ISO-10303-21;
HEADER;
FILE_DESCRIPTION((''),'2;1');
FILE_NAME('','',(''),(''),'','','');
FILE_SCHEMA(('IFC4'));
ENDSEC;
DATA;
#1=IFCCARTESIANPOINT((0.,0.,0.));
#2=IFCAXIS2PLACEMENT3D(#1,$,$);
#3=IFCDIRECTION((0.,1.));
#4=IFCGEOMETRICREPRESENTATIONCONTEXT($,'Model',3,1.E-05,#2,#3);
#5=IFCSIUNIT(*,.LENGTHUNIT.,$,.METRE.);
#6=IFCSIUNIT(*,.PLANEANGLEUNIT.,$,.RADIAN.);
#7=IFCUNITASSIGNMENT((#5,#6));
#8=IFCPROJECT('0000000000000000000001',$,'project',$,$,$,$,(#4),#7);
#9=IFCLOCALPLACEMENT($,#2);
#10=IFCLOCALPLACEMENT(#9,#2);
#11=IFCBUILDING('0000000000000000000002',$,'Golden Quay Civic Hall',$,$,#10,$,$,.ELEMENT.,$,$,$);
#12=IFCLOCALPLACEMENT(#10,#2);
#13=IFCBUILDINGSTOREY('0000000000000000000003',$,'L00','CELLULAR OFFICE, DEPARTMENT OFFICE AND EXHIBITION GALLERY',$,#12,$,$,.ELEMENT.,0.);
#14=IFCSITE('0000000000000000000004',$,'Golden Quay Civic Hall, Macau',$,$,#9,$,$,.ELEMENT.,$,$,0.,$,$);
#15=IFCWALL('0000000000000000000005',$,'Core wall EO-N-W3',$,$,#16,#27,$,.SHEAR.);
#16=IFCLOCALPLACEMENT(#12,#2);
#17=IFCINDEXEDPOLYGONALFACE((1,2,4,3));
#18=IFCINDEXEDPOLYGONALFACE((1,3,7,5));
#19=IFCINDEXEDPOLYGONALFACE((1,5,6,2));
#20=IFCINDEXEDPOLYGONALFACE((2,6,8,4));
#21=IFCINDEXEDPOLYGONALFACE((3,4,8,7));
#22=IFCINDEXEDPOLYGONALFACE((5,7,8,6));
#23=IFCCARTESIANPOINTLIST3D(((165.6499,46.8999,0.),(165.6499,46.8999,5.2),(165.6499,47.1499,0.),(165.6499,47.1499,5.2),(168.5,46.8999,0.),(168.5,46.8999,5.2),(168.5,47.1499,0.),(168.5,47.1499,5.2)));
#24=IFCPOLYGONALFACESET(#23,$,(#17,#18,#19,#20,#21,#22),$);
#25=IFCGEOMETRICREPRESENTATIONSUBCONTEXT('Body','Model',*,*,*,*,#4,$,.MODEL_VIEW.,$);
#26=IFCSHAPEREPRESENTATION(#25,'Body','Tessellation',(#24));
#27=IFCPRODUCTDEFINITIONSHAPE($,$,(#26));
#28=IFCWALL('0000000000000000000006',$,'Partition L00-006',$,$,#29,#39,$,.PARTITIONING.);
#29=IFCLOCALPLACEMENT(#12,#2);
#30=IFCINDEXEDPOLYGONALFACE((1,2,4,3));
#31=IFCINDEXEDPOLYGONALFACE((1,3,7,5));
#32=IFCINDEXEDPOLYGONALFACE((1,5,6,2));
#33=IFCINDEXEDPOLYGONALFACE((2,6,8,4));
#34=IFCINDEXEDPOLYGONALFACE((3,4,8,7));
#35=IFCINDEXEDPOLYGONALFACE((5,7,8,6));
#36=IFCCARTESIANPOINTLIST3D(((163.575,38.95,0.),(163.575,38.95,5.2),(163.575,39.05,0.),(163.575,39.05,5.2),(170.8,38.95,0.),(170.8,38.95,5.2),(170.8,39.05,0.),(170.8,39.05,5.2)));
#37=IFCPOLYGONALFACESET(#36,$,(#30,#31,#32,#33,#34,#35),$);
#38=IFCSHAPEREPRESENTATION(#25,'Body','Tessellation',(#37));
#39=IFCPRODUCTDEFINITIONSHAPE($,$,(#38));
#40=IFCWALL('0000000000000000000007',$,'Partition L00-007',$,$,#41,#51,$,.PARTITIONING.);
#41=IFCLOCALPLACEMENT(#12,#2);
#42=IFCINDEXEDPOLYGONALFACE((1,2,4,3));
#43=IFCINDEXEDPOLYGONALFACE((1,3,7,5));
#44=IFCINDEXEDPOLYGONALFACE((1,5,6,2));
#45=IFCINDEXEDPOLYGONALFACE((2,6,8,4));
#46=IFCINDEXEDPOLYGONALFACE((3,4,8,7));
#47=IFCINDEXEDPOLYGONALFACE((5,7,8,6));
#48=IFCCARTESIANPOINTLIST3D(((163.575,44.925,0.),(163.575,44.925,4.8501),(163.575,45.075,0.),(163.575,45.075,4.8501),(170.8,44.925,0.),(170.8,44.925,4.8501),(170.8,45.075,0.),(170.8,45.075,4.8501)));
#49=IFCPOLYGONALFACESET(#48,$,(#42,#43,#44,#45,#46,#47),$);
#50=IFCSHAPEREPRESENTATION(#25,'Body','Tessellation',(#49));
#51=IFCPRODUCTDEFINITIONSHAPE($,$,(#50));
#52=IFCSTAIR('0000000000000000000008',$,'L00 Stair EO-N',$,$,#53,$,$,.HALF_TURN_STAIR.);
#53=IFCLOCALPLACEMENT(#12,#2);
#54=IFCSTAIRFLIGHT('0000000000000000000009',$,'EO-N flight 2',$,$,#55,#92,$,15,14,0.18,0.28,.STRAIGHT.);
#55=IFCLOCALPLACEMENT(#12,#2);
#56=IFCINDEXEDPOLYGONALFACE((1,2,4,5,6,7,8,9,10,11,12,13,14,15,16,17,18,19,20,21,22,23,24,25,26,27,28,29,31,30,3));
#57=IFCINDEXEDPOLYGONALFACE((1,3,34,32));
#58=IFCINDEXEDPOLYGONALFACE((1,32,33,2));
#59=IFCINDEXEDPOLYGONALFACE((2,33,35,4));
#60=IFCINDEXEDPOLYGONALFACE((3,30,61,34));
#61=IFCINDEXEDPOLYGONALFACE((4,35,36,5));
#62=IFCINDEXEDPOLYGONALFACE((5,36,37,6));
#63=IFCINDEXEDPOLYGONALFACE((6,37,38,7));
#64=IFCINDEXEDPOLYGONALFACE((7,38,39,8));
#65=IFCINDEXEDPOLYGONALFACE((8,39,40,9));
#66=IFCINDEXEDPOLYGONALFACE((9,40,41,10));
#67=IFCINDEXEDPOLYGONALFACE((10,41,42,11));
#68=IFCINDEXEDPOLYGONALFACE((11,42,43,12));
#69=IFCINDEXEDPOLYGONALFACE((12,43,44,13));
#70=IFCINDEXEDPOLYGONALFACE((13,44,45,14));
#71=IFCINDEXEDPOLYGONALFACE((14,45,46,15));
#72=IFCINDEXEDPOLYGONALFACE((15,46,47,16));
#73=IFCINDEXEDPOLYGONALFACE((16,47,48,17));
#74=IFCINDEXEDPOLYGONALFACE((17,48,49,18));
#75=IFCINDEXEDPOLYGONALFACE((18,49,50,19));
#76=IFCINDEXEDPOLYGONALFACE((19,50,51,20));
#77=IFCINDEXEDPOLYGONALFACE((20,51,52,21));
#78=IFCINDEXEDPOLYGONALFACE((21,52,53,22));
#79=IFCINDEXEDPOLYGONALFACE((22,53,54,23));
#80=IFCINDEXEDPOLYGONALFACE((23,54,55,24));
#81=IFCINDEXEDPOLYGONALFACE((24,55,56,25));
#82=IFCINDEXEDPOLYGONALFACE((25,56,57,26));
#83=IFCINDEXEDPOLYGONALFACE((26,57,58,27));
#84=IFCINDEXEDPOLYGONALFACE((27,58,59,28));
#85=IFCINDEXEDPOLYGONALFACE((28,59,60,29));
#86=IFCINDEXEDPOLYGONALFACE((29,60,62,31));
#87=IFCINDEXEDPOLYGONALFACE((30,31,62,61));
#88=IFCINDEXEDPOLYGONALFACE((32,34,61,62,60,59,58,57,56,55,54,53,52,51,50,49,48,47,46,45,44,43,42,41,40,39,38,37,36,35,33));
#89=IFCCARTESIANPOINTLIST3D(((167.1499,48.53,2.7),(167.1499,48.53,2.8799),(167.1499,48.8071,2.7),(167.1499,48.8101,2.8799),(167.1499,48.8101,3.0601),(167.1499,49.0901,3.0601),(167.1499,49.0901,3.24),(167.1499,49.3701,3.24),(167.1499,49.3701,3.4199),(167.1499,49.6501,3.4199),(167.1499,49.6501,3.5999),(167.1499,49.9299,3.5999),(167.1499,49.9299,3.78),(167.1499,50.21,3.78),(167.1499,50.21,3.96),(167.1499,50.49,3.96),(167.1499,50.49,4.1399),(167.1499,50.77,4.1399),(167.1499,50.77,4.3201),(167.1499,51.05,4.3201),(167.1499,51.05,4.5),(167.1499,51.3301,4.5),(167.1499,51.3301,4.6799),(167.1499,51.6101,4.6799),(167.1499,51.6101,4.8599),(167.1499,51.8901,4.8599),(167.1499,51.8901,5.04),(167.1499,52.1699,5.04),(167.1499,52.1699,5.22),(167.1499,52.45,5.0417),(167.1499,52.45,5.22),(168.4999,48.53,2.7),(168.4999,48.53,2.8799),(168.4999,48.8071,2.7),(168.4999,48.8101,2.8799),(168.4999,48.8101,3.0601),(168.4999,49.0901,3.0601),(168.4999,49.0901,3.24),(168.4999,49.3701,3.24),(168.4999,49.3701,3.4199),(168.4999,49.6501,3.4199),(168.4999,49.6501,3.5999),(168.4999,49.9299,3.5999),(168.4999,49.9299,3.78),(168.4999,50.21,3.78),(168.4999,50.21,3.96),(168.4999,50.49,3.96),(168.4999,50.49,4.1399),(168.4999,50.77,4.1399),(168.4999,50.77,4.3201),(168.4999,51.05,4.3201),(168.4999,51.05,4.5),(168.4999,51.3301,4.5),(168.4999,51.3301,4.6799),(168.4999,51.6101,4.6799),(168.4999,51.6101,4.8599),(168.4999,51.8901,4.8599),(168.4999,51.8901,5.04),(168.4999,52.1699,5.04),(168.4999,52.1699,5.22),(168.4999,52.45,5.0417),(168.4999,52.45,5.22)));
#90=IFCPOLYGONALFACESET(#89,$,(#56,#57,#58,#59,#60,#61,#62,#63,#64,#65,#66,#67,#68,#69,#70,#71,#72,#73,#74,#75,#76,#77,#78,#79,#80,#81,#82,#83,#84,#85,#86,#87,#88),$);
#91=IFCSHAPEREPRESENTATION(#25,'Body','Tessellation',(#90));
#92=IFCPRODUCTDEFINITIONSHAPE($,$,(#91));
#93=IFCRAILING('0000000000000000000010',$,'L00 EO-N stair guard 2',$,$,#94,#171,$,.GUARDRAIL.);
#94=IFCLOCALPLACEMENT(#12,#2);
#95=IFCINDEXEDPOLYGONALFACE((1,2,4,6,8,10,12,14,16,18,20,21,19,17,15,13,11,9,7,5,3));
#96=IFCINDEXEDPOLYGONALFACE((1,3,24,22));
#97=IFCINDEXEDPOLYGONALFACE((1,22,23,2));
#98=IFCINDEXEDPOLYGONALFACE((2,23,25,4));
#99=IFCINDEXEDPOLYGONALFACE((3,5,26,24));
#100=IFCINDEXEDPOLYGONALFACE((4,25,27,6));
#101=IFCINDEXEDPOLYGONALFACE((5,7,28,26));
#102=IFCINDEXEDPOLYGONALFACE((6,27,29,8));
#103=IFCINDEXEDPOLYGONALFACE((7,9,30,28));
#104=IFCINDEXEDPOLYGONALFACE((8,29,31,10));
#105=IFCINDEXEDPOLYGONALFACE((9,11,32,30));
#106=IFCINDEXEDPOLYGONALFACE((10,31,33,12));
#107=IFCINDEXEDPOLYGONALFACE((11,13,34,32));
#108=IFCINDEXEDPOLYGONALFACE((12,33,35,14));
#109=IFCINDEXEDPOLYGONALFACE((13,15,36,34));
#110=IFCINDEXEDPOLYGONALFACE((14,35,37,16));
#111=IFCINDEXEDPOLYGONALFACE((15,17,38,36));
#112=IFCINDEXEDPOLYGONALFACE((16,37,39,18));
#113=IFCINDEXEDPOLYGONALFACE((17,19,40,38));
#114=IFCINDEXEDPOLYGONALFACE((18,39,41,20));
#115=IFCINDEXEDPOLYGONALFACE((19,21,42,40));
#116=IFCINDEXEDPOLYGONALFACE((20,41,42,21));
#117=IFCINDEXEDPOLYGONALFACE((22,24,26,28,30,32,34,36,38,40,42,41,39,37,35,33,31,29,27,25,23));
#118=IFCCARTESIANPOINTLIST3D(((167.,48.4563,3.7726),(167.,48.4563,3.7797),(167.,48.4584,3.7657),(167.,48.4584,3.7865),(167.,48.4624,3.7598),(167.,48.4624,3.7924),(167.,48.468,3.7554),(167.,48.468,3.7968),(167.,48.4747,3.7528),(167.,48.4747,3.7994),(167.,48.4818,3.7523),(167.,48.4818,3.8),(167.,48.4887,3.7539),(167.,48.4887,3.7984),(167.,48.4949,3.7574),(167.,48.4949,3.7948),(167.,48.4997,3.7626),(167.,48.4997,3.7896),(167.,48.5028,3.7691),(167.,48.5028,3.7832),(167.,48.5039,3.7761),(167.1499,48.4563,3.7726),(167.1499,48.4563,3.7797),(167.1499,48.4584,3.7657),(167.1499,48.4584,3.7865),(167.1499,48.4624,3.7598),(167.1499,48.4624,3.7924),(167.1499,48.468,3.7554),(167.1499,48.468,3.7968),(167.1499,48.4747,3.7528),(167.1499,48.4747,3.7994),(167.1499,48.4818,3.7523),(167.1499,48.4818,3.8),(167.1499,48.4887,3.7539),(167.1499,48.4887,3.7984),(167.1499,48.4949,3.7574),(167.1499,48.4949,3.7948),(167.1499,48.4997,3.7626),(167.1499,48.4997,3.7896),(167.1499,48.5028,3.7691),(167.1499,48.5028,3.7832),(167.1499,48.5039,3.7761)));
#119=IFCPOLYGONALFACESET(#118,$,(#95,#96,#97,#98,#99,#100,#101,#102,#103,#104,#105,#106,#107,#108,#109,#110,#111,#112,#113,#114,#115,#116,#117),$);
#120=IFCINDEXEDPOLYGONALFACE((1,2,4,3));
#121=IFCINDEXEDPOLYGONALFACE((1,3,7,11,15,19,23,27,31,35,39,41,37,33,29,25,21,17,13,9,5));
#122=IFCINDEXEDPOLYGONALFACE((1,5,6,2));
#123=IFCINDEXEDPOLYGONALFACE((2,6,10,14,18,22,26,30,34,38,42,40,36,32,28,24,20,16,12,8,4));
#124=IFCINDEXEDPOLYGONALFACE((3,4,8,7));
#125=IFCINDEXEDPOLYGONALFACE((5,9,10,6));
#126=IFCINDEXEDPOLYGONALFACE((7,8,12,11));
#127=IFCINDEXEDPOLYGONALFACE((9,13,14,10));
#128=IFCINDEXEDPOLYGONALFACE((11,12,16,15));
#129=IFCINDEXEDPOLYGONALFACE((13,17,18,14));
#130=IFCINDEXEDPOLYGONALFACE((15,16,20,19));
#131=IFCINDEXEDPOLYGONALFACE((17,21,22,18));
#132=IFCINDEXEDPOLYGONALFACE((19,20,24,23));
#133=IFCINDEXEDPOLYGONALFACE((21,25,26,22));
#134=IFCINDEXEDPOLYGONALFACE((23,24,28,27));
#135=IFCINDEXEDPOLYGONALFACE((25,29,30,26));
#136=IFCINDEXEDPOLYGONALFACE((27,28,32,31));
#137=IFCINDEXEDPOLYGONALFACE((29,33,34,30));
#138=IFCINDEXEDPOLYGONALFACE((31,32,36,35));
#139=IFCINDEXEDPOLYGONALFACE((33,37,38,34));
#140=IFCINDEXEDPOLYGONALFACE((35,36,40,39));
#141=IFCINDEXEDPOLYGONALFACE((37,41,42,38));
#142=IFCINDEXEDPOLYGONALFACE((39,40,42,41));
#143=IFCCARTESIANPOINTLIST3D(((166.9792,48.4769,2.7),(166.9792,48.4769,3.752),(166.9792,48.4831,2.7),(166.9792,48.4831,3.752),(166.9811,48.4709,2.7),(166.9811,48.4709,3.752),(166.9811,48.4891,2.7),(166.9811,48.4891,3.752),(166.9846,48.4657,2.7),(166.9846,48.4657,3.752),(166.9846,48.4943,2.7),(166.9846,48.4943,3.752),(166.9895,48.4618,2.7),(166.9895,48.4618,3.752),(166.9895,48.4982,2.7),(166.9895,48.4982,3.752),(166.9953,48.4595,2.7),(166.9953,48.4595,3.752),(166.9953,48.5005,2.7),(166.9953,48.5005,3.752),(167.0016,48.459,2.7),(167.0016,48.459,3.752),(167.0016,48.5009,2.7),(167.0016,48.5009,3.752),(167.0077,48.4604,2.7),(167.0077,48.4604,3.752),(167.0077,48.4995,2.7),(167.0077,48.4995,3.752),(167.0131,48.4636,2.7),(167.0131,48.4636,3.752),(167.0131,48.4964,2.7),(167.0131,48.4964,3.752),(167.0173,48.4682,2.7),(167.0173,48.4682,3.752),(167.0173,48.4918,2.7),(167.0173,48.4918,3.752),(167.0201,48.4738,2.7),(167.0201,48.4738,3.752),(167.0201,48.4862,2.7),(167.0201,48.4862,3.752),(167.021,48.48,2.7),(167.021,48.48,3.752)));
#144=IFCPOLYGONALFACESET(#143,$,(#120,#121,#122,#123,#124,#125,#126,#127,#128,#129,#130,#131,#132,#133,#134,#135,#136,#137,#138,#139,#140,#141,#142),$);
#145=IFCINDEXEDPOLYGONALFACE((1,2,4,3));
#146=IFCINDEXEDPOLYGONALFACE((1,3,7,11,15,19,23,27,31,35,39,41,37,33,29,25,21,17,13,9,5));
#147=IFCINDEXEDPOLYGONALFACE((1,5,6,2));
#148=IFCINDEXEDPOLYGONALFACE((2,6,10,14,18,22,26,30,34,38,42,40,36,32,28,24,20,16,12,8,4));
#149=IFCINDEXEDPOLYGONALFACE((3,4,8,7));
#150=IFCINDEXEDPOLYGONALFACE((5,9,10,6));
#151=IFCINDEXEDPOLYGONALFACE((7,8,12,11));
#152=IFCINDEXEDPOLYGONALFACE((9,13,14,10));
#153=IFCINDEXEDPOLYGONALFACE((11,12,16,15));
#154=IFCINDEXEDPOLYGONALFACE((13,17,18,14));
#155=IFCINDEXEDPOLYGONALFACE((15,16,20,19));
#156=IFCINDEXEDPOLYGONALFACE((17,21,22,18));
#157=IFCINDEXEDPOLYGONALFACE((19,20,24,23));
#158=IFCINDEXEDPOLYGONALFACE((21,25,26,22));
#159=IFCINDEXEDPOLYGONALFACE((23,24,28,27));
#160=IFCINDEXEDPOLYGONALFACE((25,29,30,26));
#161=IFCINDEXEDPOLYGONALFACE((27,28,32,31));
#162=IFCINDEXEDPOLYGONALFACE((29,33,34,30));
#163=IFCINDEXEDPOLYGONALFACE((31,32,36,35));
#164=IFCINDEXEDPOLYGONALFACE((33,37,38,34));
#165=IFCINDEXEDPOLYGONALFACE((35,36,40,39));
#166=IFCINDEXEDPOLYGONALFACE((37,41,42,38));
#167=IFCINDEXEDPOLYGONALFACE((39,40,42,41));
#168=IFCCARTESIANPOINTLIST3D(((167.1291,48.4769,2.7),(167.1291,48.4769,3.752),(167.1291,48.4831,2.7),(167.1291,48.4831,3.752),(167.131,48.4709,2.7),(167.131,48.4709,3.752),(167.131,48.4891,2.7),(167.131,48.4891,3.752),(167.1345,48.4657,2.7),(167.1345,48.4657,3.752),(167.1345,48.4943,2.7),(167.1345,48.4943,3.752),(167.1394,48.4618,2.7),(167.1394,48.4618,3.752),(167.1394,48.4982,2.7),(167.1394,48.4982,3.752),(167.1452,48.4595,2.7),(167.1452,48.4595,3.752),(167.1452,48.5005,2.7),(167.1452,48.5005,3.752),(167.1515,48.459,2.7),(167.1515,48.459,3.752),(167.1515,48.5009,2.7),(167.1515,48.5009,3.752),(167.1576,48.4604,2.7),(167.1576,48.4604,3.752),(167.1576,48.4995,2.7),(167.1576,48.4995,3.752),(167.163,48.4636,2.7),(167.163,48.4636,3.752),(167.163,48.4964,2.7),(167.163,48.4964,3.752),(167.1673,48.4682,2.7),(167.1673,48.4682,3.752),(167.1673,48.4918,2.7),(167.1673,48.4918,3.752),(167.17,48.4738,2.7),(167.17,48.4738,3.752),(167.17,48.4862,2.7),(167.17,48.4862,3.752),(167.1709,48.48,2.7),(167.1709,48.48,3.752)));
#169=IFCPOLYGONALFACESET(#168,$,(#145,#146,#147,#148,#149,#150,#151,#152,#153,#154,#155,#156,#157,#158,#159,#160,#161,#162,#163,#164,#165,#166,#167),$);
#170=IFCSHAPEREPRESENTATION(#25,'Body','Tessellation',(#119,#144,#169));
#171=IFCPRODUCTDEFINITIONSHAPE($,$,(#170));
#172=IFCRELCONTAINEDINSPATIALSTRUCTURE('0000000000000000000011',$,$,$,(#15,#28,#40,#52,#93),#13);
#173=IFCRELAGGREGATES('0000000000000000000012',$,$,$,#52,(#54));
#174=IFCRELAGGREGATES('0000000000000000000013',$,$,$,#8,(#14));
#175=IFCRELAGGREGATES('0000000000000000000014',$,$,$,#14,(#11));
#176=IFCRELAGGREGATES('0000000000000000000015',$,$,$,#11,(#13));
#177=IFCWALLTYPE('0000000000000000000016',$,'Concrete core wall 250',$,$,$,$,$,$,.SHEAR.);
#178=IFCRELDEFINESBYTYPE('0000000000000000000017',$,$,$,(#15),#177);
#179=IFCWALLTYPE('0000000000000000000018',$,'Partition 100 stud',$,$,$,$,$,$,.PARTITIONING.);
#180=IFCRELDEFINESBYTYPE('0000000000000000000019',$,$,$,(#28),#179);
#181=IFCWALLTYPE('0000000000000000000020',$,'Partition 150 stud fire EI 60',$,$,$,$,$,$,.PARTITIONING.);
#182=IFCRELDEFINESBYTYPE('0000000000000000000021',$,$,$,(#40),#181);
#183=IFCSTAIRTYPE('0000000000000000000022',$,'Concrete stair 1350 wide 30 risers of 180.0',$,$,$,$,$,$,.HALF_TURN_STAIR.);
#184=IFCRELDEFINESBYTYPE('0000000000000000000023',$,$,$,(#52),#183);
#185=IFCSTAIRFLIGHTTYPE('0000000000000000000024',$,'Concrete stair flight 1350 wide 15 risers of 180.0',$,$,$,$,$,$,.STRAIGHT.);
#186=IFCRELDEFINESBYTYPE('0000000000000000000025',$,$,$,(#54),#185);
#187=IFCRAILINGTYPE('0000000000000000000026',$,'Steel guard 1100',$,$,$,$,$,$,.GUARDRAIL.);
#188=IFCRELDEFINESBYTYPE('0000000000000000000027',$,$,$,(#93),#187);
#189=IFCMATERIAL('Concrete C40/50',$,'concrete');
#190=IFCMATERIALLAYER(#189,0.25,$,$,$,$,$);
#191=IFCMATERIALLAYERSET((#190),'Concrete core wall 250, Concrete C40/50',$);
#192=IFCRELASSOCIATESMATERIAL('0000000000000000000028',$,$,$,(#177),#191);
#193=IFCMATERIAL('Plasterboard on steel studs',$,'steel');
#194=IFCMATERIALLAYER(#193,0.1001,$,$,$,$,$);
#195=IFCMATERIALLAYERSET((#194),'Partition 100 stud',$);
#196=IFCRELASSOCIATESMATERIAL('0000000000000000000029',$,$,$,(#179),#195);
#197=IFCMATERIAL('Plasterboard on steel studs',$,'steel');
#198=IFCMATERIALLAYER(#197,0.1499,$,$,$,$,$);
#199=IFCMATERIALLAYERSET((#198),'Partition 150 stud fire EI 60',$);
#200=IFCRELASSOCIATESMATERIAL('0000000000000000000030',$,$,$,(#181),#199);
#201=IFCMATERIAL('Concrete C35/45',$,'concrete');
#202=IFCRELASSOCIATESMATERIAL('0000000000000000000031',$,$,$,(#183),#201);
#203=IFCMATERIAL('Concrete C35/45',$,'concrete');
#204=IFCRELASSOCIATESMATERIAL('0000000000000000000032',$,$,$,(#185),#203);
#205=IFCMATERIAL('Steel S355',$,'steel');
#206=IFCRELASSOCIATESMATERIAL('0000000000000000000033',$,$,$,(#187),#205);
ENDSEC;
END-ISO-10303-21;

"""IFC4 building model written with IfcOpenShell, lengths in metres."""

from ifc_helpers import new_model, si_unit, direction, frame, frame_2d, origin, origin_2d, place, context, subcontext, project, spatial, polyline, rectangle, circle, outline, extrude, material, layer, layer_set, type_object, element, aggregate, save


model = new_model("IFC4")

# Units and contexts
model_context = context("Model", 3, precision=1e-05, world=origin(), true_north=direction((0.0, 1.0)))
body_context = subcontext(model_context, "Body", "Model", "MODEL_VIEW")
ifc_project = project(units=[si_unit("LENGTHUNIT", "METRE"), si_unit("PLANEANGLEUNIT", "RADIAN")], contexts=[model_context])

# Site, building, storey
site_placement = place(None, origin())
site = spatial("IfcSite", under=ifc_project, at=site_placement, Name="Golden Quay Civic Hall, Macau", CompositionType="ELEMENT", RefElevation=0.0)
building_placement = place(site_placement, origin())
building = spatial("IfcBuilding", under=site, at=building_placement, Name="Golden Quay Civic Hall", CompositionType="ELEMENT")
storey_placement = place(building_placement, origin())
storey = spatial("IfcBuildingStorey", under=building, at=storey_placement, Name="L00", Description="CELLULAR OFFICE, DEPARTMENT OFFICE AND EXHIBITION GALLERY", CompositionType="ELEMENT", Elevation=0.0)

# Shared definitions
ifc_material_1 = material(Name="Concrete C40/50", Category="concrete")
ifc_layer_1 = layer(ifc_material_1, 0.25)
ifc_layer_set_1 = layer_set([ifc_layer_1], Name="Concrete core wall 250, Concrete C40/50")
wall_type_1 = type_object("IfcWallType", Name="Concrete core wall 250", PredefinedType="SHEAR", material=ifc_layer_set_1)

# Walls
wall_1_placement = place(storey_placement, frame((165.6499, 47.0249, 0.0), z_axis=(0.0, 0.0, 1.0), x_axis=(1.0, 0.0, 0.0)))
element("IfcWall", 1, at=wall_1_placement, inside=storey, type_object=wall_type_1, Name="Core wall EO-N-W3", PredefinedType="SHEAR", context=body_context, shape_type="SweptSolid", body=[
    extrude(rectangle(XDim=2.8501, YDim=0.25, at=frame_2d((1.425, 0.0))), origin(), (0.0, 0.0, 1.0), 5.2),
])
ifc_material_2 = material(Name="Plasterboard on steel studs", Category="steel")
ifc_layer_2 = layer(ifc_material_2, 0.1001)
ifc_layer_set_2 = layer_set([ifc_layer_2], Name="Partition 100 stud")
wall_type_2 = type_object("IfcWallType", Name="Partition 100 stud", PredefinedType="PARTITIONING", material=ifc_layer_set_2)
wall_2_placement = place(storey_placement, frame((163.575, 39.0, 0.0), z_axis=(0.0, 0.0, 1.0), x_axis=(1.0, 0.0, 0.0)))
element("IfcWall", 2, at=wall_2_placement, inside=storey, type_object=wall_type_2, Name="Partition L00-006", PredefinedType="PARTITIONING", context=body_context, shape_type="SweptSolid", body=[
    extrude(rectangle(XDim=7.2251, YDim=0.1001, at=frame_2d((3.6125, 0.0))), origin(), (0.0, 0.0, 1.0), 5.2),
])
ifc_material_3 = material(Name="Plasterboard on steel studs", Category="steel")
ifc_layer_3 = layer(ifc_material_3, 0.1499)
ifc_layer_set_3 = layer_set([ifc_layer_3], Name="Partition 150 stud fire EI 60")
wall_type_3 = type_object("IfcWallType", Name="Partition 150 stud fire EI 60", PredefinedType="PARTITIONING", material=ifc_layer_set_3)
wall_3_placement = place(storey_placement, frame((163.575, 45.0, 0.0), z_axis=(0.0, 0.0, 1.0), x_axis=(1.0, 0.0, 0.0)))
element("IfcWall", 3, at=wall_3_placement, inside=storey, type_object=wall_type_3, Name="Partition L00-007", PredefinedType="PARTITIONING", context=body_context, shape_type="SweptSolid", body=[
    extrude(rectangle(XDim=7.2251, YDim=0.1499, at=frame_2d((3.6125, 0.0))), origin(), (0.0, 0.0, 1.0), 4.8501),
])

# Stair, stair flight
ifc_material_4 = material(Name="Concrete C35/45", Category="concrete")
stair_type = type_object("IfcStairType", Name="Concrete stair 1350 wide 30 risers of 180.0", PredefinedType="HALF_TURN_STAIR", material=ifc_material_4)
stair_placement = place(storey_placement, origin())
stair = element("IfcStair", 4, at=stair_placement, inside=storey, type_object=stair_type, Name="L00 Stair EO-N", PredefinedType="HALF_TURN_STAIR")
ifc_material_5 = material(Name="Concrete C35/45", Category="concrete")
stair_flight_type = type_object("IfcStairFlightType", Name="Concrete stair flight 1350 wide 15 risers of 180.0", PredefinedType="STRAIGHT", material=ifc_material_5)
stair_flight_placement = place(storey_placement, frame((167.825, 48.53, 2.7), z_axis=(0.0, 0.0, 1.0), x_axis=(0.0, 1.0, 0.0)))
stair_flight = element("IfcStairFlight", 5, at=stair_flight_placement, type_object=stair_flight_type, Name="EO-N flight 2", NumberOfRisers=15, NumberOfTreads=14, PredefinedType="STRAIGHT", RiserHeight=0.18, TreadLength=0.28, context=body_context, shape_type="SweptSolid", body=[
    extrude(outline(polyline([(0.0, 0.0), (0.0, 0.1799), (0.28, 0.1799), (0.28, 0.3601), (0.5601, 0.3601), (0.5601, 0.54), (0.8401, 0.54), (0.8401, 0.72), (1.1201, 0.72), (1.1201, 0.8999), (1.3999, 0.8999), (1.3999, 1.0801), (1.6799, 1.0801), (1.6799, 1.26), (1.96, 1.26), (1.96, 1.4399), (2.24, 1.4399), (2.24, 1.6201), (2.52, 1.6201), (2.52, 1.8), (2.8, 1.8), (2.8, 1.98), (3.0801, 1.98), (3.0801, 2.1599), (3.3601, 2.1599), (3.3601, 2.3401), (3.6399, 2.3401), (3.6399, 2.52), (3.9199, 2.52), (3.9199, 2.7), (3.9199, 2.3418), (0.2771, 0.0), (0.0, 0.0)])), frame((0.0, 0.675, 0.0), z_axis=(0.0, -1.0, 0.0), x_axis=(1.0, 0.0, 0.0)), (0.0, 0.0, 1.0), 1.35),
])
aggregate(stair, [stair_flight])

# Railing
ifc_material_6 = material(Name="Steel S355", Category="steel")
railing_type = type_object("IfcRailingType", Name="Steel guard 1100", PredefinedType="GUARDRAIL", material=ifc_material_6)
railing_1_placement = place(storey_placement, frame((167.0, 48.48, 2.7)))
element("IfcRailing", 6, at=railing_1_placement, inside=storey, type_object=railing_type, Name="L00 EO-N stair guard 2", PredefinedType="GUARDRAIL", context=body_context, shape_type="SweptSolid", body=[
    extrude(circle(Radius=0.0239, at=origin_2d()), frame((0.0, 0.0, 1.0762), z_axis=(1.0, 0.0, 0.0), x_axis=(0.0, 1.0, 0.0)), (0.0, 0.0, 1.0), 0.1499),
    extrude(circle(Radius=0.021, at=origin_2d()), origin(), (0.0, 0.0, 1.0), 1.052),
    extrude(circle(Radius=0.021, at=origin_2d()), frame((0.1499, 0.0, 0.0)), (0.0, 0.0, 1.0), 1.052),
])

save(model, "model.ifc")
